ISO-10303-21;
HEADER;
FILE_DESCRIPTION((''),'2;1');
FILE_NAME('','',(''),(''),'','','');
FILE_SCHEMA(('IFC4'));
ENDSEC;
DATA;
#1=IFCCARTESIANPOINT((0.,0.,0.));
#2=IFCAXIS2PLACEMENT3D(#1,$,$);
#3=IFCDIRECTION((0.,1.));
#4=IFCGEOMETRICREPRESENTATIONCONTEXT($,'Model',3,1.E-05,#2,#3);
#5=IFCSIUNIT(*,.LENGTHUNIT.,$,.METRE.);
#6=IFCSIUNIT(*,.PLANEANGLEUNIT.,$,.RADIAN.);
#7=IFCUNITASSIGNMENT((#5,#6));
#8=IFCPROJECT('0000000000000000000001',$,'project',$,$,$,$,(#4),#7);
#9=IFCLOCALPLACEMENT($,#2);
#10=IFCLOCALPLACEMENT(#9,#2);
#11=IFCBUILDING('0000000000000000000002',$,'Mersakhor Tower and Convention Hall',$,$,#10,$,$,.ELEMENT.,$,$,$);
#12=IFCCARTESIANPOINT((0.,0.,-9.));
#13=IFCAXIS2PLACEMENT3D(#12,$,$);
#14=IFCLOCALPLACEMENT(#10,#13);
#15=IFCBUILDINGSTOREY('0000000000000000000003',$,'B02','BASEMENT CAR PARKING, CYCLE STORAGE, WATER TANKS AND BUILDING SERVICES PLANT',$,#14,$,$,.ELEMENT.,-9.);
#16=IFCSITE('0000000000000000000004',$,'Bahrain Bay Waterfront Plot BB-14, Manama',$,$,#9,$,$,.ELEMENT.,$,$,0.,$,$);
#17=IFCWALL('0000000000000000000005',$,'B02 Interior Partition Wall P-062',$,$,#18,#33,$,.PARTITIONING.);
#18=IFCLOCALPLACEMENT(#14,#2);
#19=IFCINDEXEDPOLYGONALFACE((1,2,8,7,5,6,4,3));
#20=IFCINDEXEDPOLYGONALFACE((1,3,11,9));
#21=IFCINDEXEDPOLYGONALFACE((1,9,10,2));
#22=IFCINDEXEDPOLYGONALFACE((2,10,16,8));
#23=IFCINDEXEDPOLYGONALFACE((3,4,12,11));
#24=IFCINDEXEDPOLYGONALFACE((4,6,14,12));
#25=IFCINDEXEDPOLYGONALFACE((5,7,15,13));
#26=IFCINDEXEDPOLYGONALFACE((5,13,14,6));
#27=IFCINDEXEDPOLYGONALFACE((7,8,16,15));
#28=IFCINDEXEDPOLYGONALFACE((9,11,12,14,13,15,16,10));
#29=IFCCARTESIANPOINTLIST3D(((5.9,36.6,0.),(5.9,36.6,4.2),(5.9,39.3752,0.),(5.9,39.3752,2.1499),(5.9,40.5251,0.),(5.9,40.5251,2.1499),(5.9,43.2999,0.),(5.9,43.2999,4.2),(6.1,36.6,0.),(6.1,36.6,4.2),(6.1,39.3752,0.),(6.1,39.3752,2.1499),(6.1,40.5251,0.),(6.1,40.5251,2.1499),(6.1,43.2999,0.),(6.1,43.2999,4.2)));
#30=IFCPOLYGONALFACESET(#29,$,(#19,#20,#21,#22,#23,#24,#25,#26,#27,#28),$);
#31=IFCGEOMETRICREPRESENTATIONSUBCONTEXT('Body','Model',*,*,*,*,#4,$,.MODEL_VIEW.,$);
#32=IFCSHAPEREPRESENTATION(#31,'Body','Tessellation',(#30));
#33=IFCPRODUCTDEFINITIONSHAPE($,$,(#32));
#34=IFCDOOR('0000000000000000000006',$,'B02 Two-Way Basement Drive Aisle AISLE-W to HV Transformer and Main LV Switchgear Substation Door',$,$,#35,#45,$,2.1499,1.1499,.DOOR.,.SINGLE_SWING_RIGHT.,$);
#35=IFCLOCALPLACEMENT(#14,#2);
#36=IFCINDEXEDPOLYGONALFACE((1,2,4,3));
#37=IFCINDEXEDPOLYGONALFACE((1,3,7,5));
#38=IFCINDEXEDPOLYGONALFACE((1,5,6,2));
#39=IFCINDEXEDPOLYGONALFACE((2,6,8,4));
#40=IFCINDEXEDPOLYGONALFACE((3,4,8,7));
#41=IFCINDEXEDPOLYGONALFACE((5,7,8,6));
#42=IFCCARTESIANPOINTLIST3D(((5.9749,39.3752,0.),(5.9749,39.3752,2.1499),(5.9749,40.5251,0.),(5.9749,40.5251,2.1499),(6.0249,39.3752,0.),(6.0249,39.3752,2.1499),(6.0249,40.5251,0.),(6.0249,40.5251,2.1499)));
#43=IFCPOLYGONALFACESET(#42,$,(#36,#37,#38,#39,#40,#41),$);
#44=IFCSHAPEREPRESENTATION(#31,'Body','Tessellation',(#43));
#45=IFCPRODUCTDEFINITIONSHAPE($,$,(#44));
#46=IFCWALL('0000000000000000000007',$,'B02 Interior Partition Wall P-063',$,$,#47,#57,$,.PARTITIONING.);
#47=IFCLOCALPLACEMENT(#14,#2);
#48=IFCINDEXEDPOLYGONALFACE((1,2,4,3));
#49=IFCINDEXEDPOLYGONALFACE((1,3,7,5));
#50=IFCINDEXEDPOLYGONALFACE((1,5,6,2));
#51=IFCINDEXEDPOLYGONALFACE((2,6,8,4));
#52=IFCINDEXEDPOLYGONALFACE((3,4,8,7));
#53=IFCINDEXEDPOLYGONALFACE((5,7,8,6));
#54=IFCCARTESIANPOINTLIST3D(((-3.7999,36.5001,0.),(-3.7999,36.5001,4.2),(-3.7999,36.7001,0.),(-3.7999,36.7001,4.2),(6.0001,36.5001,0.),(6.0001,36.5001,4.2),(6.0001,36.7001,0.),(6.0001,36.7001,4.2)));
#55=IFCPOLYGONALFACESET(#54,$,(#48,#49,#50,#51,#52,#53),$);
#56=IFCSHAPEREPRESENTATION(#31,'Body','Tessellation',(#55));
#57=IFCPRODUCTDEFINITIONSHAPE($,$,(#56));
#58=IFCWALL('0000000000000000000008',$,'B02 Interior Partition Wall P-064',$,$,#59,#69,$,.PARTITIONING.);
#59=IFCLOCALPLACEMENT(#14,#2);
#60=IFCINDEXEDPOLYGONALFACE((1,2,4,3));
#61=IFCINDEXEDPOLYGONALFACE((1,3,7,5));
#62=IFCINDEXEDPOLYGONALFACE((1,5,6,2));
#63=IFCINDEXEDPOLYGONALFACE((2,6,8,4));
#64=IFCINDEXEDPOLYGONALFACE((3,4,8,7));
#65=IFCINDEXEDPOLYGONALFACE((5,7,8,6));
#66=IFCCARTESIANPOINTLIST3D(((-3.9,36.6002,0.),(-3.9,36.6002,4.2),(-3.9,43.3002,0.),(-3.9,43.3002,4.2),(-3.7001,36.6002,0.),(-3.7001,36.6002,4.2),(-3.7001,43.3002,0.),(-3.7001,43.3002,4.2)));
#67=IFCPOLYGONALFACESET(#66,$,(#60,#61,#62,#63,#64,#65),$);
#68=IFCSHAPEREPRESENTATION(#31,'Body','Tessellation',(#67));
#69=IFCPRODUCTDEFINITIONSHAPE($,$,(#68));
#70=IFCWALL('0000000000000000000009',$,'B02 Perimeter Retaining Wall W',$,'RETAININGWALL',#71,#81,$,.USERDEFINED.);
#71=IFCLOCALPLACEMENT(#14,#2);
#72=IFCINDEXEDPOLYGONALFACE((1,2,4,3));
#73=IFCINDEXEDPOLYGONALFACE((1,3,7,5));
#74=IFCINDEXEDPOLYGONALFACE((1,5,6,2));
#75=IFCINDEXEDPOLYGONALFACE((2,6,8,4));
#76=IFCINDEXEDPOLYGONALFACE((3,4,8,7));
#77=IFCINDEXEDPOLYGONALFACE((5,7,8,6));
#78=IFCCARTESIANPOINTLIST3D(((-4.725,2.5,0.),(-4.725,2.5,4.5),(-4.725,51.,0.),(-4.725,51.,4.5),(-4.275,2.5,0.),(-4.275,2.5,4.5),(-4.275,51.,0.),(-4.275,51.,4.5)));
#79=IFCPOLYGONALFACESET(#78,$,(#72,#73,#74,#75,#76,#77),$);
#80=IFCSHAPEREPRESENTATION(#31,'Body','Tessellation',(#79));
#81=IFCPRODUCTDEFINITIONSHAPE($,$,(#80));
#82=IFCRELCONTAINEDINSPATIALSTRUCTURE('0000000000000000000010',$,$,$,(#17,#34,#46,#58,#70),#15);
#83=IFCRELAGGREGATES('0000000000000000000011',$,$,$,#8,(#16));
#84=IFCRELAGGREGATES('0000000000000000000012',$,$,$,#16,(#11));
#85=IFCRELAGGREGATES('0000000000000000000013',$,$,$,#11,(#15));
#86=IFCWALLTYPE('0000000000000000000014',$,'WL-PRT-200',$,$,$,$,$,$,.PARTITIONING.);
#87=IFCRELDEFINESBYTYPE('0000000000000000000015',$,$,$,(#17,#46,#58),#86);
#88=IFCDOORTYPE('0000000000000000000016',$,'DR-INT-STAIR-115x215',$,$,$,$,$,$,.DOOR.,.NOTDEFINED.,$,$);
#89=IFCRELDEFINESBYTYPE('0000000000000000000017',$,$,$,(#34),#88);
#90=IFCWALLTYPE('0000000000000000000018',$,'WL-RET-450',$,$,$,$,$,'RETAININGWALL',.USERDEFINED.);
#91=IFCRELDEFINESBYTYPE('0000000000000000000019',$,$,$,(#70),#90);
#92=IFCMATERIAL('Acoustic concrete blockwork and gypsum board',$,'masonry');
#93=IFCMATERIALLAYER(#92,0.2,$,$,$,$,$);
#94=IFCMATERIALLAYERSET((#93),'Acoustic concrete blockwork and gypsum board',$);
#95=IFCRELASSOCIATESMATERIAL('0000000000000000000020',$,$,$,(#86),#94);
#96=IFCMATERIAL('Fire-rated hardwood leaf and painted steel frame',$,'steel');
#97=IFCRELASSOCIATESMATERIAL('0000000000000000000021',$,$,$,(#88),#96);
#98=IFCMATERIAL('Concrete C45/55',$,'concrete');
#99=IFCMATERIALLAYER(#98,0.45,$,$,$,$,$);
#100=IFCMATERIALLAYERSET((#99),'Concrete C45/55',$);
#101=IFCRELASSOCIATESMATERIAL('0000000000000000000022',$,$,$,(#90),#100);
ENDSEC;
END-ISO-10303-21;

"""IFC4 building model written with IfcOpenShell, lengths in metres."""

from ifc_helpers import new_model, si_unit, direction, frame, frame_2d, origin, place, context, subcontext, project, spatial, rectangle, extrude, material, layer, layer_set, type_object, element, fill, save


model = new_model("IFC4")

# Units and contexts
model_context = context("Model", 3, precision=1e-05, world=origin(), true_north=direction((0.0, 1.0)))
body_context = subcontext(model_context, "Body", "Model", "MODEL_VIEW")
ifc_project = project(units=[si_unit("LENGTHUNIT", "METRE"), si_unit("PLANEANGLEUNIT", "RADIAN")], contexts=[model_context])

# Site, building, storey
site_placement = place(None, origin())
site = spatial("IfcSite", under=ifc_project, at=site_placement, Name="Bahrain Bay Waterfront Plot BB-14, Manama", CompositionType="ELEMENT", RefElevation=0.0)
building_placement = place(site_placement, origin())
building = spatial("IfcBuilding", under=site, at=building_placement, Name="Mersakhor Tower and Convention Hall", CompositionType="ELEMENT")
storey_placement = place(building_placement, frame((0.0, 0.0, -9.0)))
storey = spatial("IfcBuildingStorey", under=building, at=storey_placement, Name="B02", Description="BASEMENT CAR PARKING, CYCLE STORAGE, WATER TANKS AND BUILDING SERVICES PLANT", CompositionType="ELEMENT", Elevation=-9.0)

# Shared definitions
ifc_material_1 = material(Name="Acoustic concrete blockwork and gypsum board", Category="masonry")
ifc_layer_1 = layer(ifc_material_1, 0.2)
ifc_layer_set_1 = layer_set([ifc_layer_1], Name="Acoustic concrete blockwork and gypsum board")
wall_type_1 = type_object("IfcWallType", Name="WL-PRT-200", PredefinedType="PARTITIONING", material=ifc_layer_set_1)

# Wall, opening, door
wall_1_placement = place(storey_placement, frame((6.0, 43.3, 0.0), z_axis=(0.0, 0.0, 1.0), x_axis=(0.0, -1.0, 0.0)))
wall_1 = element("IfcWall", 1, at=wall_1_placement, inside=storey, type_object=wall_type_1, Name="B02 Interior Partition Wall P-062", PredefinedType="PARTITIONING", context=body_context, shape_type="SweptSolid", body=[
    extrude(rectangle(XDim=6.7, YDim=0.2, at=frame_2d((3.3501, 0.0))), origin(), (0.0, 0.0, 1.0), 4.2),
])
opening_placement = place(wall_1_placement, frame((2.7749, 0.0, 0.0)))
opening = element("IfcOpeningElement", 2, at=opening_placement, cuts=wall_1, PredefinedType="OPENING", context=body_context, shape_type="SweptSolid", body=[
    extrude(rectangle(XDim=1.1499, YDim=2.1499, at=frame_2d((0.575, 1.075))), frame((0.0, 0.1099, 0.0), z_axis=(0.0, -1.0, 0.0), x_axis=(1.0, 0.0, 0.0)), (0.0, 0.0, 1.0), 0.22),
])
ifc_material_2 = material(Name="Fire-rated hardwood leaf and painted steel frame", Category="steel")
door_type = type_object("IfcDoorType", Name="DR-INT-STAIR-115x215", OperationType="NOTDEFINED", PredefinedType="DOOR", material=ifc_material_2)
door_placement = place(opening_placement, origin())
door = element("IfcDoor", 3, at=door_placement, inside=storey, type_object=door_type, Name="B02 Two-Way Basement Drive Aisle AISLE-W to HV Transformer and Main LV Switchgear Substation Door", OperationType="SINGLE_SWING_RIGHT", OverallHeight=2.1499, OverallWidth=1.1499, PredefinedType="DOOR", context=body_context, shape_type="SweptSolid", body=[
    extrude(rectangle(XDim=1.1499, YDim=2.1499, at=frame_2d((0.575, 1.075))), frame((0.0, 0.0249, 0.0), z_axis=(0.0, -1.0, 0.0), x_axis=(1.0, 0.0, 0.0)), (0.0, 0.0, 1.0), 0.05),
])
fill(opening, door)

# Walls
wall_2_placement = place(storey_placement, frame((6.0, 36.6001, 0.0), z_axis=(0.0, 0.0, 1.0), x_axis=(-1.0, 0.0, 0.0)))
element("IfcWall", 4, at=wall_2_placement, inside=storey, type_object=wall_type_1, Name="B02 Interior Partition Wall P-063", PredefinedType="PARTITIONING", context=body_context, shape_type="SweptSolid", body=[
    extrude(rectangle(XDim=9.8, YDim=0.2, at=frame_2d((4.8999, 0.0))), origin(), (0.0, 0.0, 1.0), 4.2),
])
wall_3_placement = place(storey_placement, frame((-3.8, 36.6001, 0.0), z_axis=(0.0, 0.0, 1.0), x_axis=(0.0, 1.0, 0.0)))
element("IfcWall", 5, at=wall_3_placement, inside=storey, type_object=wall_type_1, Name="B02 Interior Partition Wall P-064", PredefinedType="PARTITIONING", context=body_context, shape_type="SweptSolid", body=[
    extrude(rectangle(XDim=6.7, YDim=0.2, at=frame_2d((3.3501, 0.0))), origin(), (0.0, 0.0, 1.0), 4.2),
])
ifc_material_3 = material(Name="Concrete C45/55", Category="concrete")
ifc_layer_2 = layer(ifc_material_3, 0.45)
ifc_layer_set_2 = layer_set([ifc_layer_2], Name="Concrete C45/55")
wall_type_2 = type_object("IfcWallType", Name="WL-RET-450", ElementType="RETAININGWALL", PredefinedType="USERDEFINED", material=ifc_layer_set_2)
wall_4_placement = place(storey_placement, frame((-4.5, 51.0, 0.0), z_axis=(0.0, 0.0, 1.0), x_axis=(0.0, -1.0, 0.0)))
element("IfcWall", 6, at=wall_4_placement, inside=storey, type_object=wall_type_2, Name="B02 Perimeter Retaining Wall W", ObjectType="RETAININGWALL", PredefinedType="USERDEFINED", context=body_context, shape_type="SweptSolid", body=[
    extrude(rectangle(XDim=48.5, YDim=0.45, at=frame_2d((24.25, 0.0))), origin(), (0.0, 0.0, 1.0), 4.5),
])

save(model, "model.ifc")
